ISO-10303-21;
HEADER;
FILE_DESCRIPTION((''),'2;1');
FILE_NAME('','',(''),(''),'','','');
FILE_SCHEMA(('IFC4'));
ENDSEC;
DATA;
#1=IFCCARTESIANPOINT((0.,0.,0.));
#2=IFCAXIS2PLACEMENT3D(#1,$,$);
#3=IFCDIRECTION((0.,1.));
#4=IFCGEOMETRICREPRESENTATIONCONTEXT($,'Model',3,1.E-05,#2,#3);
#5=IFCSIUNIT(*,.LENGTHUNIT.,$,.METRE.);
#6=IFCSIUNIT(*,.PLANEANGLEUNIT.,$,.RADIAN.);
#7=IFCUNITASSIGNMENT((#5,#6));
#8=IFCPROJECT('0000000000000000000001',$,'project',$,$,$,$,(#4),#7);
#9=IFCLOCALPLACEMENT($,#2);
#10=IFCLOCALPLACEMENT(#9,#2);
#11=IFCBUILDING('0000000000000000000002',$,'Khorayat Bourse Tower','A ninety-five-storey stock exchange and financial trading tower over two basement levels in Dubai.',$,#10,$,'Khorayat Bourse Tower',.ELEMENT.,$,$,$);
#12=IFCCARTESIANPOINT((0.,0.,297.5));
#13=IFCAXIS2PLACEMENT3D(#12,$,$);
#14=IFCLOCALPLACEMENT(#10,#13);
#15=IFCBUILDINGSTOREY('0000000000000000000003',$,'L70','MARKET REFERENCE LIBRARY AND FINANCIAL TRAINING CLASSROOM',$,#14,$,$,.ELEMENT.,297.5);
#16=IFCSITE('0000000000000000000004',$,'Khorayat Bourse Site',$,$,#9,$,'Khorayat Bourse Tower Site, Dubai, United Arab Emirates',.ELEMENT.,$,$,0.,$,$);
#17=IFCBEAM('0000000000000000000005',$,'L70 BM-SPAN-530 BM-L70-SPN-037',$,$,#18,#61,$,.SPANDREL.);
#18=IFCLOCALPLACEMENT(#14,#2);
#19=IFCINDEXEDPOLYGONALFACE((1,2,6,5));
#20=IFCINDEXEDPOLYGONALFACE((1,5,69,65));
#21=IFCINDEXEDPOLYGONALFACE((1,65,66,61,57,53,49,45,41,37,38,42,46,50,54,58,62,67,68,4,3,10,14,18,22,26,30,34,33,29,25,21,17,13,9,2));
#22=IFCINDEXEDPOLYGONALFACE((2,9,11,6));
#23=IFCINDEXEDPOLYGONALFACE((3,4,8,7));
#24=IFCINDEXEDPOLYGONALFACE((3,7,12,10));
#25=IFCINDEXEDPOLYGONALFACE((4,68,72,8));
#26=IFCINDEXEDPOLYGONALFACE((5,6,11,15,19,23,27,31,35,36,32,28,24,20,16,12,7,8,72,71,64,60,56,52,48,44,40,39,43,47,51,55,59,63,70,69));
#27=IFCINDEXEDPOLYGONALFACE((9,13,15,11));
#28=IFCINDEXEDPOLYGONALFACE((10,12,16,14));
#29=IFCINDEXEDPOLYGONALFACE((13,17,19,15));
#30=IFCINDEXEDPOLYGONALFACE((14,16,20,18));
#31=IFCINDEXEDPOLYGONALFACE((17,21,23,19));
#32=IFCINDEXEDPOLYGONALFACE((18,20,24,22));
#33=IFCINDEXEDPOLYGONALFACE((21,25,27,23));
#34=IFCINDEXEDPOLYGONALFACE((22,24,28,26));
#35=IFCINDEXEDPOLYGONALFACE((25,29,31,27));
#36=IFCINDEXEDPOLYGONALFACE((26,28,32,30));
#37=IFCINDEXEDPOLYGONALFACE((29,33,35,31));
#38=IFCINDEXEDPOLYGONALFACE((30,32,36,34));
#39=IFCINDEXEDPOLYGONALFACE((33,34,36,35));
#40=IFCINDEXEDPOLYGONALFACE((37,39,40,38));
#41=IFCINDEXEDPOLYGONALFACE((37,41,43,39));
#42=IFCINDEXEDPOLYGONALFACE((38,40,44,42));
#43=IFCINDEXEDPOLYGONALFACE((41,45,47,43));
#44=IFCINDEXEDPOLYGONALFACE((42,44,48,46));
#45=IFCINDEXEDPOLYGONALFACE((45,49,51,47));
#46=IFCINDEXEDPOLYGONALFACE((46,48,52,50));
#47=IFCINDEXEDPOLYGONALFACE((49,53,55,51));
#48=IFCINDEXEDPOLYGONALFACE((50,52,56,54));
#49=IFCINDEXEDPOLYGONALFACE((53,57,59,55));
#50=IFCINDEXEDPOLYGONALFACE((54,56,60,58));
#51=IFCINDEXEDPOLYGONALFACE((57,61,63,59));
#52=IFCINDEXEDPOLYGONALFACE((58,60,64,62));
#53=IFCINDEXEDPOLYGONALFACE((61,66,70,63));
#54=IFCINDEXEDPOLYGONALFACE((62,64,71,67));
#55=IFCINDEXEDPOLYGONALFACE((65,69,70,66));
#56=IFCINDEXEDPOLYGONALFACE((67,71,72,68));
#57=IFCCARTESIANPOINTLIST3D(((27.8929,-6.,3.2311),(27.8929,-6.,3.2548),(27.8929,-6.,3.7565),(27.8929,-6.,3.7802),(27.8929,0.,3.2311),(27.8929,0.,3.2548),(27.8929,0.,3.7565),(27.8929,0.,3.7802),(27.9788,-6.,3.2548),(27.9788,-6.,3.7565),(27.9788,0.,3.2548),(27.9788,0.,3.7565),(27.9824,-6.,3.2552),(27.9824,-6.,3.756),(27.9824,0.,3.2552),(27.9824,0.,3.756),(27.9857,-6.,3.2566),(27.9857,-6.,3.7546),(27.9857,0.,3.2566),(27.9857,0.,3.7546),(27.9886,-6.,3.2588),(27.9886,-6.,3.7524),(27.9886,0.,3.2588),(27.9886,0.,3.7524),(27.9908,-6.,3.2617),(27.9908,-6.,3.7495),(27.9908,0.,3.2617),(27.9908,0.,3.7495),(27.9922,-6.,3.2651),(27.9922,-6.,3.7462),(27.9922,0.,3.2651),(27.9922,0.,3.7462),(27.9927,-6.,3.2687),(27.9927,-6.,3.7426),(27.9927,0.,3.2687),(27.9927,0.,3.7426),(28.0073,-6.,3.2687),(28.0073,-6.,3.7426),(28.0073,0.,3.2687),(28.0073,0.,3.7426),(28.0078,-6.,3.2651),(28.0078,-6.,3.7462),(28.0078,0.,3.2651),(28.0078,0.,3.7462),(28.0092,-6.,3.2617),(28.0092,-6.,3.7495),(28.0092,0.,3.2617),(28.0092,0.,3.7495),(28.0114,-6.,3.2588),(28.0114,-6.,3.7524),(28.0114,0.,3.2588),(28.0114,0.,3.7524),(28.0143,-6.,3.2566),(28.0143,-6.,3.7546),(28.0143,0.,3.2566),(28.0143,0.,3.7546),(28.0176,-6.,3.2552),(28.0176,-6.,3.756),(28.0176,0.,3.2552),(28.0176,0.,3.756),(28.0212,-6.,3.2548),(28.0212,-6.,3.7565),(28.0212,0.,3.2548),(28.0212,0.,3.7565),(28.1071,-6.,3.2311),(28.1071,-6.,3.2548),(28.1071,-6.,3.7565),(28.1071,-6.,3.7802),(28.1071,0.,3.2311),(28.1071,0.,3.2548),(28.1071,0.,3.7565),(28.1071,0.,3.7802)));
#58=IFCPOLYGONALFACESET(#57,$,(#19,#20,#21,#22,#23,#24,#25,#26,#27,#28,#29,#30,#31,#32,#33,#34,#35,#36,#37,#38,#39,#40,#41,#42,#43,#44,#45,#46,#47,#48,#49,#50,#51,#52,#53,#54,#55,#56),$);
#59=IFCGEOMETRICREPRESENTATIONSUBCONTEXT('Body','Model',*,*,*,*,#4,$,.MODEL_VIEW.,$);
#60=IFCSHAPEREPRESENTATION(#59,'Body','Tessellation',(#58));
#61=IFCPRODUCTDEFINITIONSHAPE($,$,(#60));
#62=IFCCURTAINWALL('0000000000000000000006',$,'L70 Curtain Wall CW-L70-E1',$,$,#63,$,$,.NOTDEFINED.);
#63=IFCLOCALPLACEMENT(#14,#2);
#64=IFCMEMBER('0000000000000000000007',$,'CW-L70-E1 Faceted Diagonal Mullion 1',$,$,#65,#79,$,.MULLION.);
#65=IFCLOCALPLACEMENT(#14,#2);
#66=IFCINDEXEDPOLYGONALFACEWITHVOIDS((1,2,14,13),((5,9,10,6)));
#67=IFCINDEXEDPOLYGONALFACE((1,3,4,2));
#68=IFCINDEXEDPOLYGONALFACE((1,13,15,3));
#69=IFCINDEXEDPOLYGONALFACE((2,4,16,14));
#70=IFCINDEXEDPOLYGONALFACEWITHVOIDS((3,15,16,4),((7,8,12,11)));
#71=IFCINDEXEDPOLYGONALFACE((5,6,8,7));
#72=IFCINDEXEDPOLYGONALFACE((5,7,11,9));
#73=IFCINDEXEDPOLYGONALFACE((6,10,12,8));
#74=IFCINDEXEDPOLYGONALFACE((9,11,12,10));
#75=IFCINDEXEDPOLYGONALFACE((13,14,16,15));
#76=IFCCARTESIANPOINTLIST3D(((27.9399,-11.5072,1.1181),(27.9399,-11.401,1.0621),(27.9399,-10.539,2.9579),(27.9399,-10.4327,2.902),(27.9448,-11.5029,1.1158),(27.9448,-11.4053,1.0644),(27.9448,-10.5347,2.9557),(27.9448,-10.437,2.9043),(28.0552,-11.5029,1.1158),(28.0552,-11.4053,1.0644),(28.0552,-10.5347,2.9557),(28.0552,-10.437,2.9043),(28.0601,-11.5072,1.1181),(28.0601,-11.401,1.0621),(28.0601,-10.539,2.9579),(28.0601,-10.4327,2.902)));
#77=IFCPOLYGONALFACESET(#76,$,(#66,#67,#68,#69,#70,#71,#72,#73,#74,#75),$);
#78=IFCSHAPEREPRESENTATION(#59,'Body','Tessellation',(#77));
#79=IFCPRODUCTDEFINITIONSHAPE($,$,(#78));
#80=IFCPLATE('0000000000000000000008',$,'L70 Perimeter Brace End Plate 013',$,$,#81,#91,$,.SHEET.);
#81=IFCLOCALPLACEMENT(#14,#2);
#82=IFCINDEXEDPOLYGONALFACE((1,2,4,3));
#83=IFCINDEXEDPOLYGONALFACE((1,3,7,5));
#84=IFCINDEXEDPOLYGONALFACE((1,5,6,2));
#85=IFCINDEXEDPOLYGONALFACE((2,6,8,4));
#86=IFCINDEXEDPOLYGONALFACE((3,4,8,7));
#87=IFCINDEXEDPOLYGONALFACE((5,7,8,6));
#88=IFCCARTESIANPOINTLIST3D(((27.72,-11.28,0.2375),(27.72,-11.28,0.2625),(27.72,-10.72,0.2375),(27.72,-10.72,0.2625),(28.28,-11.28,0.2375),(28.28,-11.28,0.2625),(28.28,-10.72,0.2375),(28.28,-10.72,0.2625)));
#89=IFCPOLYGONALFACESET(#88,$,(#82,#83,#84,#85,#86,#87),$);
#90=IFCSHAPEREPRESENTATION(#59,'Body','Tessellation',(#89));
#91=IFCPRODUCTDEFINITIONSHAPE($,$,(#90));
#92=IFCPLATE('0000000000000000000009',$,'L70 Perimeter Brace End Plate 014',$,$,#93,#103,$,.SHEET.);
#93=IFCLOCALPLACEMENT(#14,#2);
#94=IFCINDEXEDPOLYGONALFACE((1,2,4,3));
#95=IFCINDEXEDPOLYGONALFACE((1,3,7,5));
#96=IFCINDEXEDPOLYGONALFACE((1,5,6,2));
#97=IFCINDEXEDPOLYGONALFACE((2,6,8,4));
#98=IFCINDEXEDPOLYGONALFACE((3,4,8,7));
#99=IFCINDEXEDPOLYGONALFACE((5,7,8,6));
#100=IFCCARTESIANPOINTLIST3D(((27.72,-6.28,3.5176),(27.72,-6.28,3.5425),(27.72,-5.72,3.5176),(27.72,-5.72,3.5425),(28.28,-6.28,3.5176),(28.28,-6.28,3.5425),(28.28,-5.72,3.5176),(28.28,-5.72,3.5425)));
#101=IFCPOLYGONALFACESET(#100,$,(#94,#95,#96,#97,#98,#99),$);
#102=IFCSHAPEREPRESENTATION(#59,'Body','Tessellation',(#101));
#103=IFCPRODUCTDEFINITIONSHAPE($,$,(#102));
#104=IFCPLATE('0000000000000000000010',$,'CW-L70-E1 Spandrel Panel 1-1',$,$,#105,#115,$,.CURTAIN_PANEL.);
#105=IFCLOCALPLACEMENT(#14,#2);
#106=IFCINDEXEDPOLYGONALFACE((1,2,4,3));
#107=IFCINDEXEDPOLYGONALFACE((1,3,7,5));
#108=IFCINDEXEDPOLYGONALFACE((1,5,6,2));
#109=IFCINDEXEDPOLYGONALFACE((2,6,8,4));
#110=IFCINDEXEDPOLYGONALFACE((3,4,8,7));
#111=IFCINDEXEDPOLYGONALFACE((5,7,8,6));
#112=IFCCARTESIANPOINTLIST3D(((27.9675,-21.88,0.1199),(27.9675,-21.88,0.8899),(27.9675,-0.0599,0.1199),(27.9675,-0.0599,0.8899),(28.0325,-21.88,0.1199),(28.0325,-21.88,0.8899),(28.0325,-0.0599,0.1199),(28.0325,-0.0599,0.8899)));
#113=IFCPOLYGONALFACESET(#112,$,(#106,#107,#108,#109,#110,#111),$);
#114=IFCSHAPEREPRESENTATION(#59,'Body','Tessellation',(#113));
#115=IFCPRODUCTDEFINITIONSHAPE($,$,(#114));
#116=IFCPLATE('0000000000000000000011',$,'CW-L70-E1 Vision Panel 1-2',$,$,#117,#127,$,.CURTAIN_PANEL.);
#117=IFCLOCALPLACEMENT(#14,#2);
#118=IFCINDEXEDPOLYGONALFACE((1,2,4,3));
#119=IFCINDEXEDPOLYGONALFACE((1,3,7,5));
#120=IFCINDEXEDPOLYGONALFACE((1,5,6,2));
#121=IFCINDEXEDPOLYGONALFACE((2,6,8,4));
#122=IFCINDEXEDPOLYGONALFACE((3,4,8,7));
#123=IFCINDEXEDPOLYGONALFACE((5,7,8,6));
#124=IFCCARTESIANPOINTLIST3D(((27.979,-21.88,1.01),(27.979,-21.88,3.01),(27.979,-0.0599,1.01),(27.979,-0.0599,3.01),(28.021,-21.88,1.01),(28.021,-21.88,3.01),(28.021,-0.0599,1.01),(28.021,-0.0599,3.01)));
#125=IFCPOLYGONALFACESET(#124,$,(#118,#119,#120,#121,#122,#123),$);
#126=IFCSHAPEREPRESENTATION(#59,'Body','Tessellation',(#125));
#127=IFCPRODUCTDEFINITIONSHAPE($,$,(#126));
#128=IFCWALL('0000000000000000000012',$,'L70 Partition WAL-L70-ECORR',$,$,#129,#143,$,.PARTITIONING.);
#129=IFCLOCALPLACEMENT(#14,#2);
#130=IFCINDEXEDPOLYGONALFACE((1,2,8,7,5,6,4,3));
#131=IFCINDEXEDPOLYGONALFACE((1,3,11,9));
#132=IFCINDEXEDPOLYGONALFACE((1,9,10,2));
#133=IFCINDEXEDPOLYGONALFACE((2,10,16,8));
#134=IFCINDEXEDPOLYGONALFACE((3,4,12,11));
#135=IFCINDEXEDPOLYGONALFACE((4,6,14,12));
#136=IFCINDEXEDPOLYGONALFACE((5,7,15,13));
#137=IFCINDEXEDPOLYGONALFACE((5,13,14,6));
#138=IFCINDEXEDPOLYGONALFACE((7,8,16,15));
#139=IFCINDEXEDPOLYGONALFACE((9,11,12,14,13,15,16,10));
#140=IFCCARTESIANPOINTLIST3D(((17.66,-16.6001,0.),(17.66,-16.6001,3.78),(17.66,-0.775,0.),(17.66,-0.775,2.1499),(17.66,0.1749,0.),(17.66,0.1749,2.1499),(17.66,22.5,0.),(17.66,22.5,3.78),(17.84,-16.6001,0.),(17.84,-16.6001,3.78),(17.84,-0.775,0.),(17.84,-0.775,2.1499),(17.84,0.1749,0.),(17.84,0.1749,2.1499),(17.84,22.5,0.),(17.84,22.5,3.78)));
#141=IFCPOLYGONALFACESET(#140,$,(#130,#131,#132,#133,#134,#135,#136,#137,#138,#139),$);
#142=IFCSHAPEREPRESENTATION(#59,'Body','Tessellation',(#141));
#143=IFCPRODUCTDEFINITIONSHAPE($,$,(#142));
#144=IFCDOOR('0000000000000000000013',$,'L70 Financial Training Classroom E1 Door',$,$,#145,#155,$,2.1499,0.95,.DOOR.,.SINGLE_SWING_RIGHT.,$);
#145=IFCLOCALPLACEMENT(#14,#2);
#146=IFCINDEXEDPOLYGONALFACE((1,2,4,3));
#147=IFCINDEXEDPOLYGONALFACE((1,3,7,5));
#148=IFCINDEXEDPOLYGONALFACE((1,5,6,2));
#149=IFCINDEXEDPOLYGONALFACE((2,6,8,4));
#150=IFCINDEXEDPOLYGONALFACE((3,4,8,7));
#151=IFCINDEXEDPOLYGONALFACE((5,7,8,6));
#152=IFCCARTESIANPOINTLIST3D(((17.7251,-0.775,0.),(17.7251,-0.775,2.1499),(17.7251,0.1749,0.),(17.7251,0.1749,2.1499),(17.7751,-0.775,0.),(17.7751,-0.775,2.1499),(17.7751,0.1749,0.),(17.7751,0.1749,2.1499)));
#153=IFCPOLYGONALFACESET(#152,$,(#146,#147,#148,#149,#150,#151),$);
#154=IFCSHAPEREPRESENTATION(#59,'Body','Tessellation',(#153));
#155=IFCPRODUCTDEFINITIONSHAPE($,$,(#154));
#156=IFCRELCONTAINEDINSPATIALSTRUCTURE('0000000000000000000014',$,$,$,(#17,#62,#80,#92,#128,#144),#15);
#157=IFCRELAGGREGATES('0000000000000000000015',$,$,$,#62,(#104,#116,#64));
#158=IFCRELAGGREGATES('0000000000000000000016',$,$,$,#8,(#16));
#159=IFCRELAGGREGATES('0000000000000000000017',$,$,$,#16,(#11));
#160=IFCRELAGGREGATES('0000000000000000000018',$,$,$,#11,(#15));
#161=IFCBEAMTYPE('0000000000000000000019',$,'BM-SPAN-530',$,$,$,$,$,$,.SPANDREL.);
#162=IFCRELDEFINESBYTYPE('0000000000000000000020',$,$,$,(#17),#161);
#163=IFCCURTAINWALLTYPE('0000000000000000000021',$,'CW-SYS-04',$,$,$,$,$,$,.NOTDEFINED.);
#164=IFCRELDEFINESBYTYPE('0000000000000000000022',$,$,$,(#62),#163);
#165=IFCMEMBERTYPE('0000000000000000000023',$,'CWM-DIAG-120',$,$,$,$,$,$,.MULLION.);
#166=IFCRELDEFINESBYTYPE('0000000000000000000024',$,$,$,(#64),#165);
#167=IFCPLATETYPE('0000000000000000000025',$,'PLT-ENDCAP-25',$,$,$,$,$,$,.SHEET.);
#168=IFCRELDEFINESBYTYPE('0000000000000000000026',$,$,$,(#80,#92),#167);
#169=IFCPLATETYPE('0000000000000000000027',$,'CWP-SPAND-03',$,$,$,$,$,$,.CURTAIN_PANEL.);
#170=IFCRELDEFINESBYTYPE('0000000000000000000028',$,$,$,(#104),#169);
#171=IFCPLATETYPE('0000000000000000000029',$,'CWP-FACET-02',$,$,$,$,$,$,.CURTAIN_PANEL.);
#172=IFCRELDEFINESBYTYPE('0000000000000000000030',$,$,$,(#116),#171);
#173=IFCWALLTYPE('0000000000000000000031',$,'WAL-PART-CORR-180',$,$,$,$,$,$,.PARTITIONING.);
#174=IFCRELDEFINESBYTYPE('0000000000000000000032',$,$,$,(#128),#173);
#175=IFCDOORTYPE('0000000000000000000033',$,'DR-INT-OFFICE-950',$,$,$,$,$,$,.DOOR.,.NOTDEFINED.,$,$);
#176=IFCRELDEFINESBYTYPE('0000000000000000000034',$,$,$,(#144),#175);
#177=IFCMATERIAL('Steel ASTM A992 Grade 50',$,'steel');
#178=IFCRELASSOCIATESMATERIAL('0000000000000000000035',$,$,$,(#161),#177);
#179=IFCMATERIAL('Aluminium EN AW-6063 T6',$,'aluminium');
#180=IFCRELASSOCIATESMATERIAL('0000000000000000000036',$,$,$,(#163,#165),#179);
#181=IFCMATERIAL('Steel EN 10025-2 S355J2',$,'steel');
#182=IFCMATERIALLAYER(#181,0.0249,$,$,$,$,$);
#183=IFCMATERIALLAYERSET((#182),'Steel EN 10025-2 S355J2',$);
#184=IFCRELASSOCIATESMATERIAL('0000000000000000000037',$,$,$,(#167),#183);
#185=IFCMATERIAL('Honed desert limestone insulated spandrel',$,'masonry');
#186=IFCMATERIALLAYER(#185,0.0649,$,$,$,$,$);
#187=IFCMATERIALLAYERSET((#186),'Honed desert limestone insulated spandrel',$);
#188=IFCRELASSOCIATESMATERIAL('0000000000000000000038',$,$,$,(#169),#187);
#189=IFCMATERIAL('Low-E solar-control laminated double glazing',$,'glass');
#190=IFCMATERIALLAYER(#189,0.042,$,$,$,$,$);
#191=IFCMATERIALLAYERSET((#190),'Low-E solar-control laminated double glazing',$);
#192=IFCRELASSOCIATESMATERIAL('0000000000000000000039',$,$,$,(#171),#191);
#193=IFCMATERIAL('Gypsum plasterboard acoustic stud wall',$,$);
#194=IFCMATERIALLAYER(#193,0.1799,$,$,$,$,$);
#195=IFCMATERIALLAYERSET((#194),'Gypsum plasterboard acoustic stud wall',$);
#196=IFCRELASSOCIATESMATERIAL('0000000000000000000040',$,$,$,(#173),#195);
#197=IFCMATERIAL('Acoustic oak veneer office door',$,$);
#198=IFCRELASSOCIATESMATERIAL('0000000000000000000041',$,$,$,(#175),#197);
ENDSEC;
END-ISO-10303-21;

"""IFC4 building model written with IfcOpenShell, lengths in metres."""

from ifc_helpers import new_model, si_unit, direction, frame, frame_2d, origin, origin_2d, place, context, subcontext, project, spatial, rectangle, hollow_rectangle, i_section, extrude, source, transform, mapped, material, layer, layer_set, material_profile, profile_set, type_object, element, fill, aggregate, save


model = new_model("IFC4")

# Units and contexts
model_context = context("Model", 3, precision=1e-05, world=origin(), true_north=direction((0.0, 1.0)))
body_context = subcontext(model_context, "Body", "Model", "MODEL_VIEW")
ifc_project = project(units=[si_unit("LENGTHUNIT", "METRE"), si_unit("PLANEANGLEUNIT", "RADIAN")], contexts=[model_context])

# Site, building, storey
site_placement = place(None, origin())
site = spatial("IfcSite", under=ifc_project, at=site_placement, Name="Khorayat Bourse Site", LongName="Khorayat Bourse Tower Site, Dubai, United Arab Emirates", CompositionType="ELEMENT", RefElevation=0.0)
building_placement = place(site_placement, origin())
building = spatial("IfcBuilding", under=site, at=building_placement, Name="Khorayat Bourse Tower", Description="A ninety-five-storey stock exchange and financial trading tower over two basement levels in Dubai.", LongName="Khorayat Bourse Tower", CompositionType="ELEMENT")
storey_placement = place(building_placement, frame((0.0, 0.0, 297.5)))
storey = spatial("IfcBuildingStorey", under=building, at=storey_placement, Name="L70", Description="MARKET REFERENCE LIBRARY AND FINANCIAL TRAINING CLASSROOM", CompositionType="ELEMENT", Elevation=297.5)

# Beam
ifc_material_1 = material(Name="Steel ASTM A992 Grade 50", Category="steel")
ifc_material_profile_1 = material_profile(ifc_material_1, i_section(OverallWidth=0.2141, OverallDepth=0.5491, WebThickness=0.0146, FlangeThickness=0.0237, FilletRadius=0.0139, at=origin_2d()), Name="W530X138")
ifc_profile_set_1 = profile_set([ifc_material_profile_1], Name="Steel ASTM A992 Grade 50")
beam_type_1 = type_object("IfcBeamType", Name="BM-SPAN-530", PredefinedType="SPANDREL", material=ifc_profile_set_1)
shared_shape_1 = source(origin(), body_context, "Body", "SweptSolid", [
    extrude(i_section(OverallWidth=0.2141, OverallDepth=0.5491, WebThickness=0.0146, FlangeThickness=0.0237, FilletRadius=0.0139, at=origin_2d()), origin(), (0.0, 0.0, 1.0), 6.0),
])
beam_1_placement = place(storey_placement, frame((28.0, -6.0, 3.5056), z_axis=(0.0, 1.0, 0.0), x_axis=(-1.0, 0.0, 0.0)))
element("IfcBeam", 1, at=beam_1_placement, inside=storey, type_object=beam_type_1, Name="L70 BM-SPAN-530 BM-L70-SPN-037", PredefinedType="SPANDREL", context=body_context, shape_type="MappedRepresentation", body=[
    mapped(shared_shape_1, transform((0.0, 0.0, 0.0), scale=1.0)),
])

# Curtain wall, member
ifc_material_2 = material(Name="Aluminium EN AW-6063 T6", Category="aluminium")
curtain_wall_type = type_object("IfcCurtainWallType", Name="CW-SYS-04", PredefinedType="NOTDEFINED", material=ifc_material_2)
curtain_wall_placement = place(storey_placement, origin())
curtain_wall = element("IfcCurtainWall", 2, at=curtain_wall_placement, inside=storey, type_object=curtain_wall_type, Name="L70 Curtain Wall CW-L70-E1", PredefinedType="NOTDEFINED")
ifc_material_profile_2 = material_profile(ifc_material_2, hollow_rectangle(XDim=0.1201, YDim=0.1201, WallThickness=0.0049, at=origin_2d()), Name="ALU 120x120x5")
ifc_profile_set_2 = profile_set([ifc_material_profile_2], Name="Aluminium EN AW-6063 T6")
member_type_1 = type_object("IfcMemberType", Name="CWM-DIAG-120", PredefinedType="MULLION", material=ifc_profile_set_2)
shared_shape_2 = source(origin(), body_context, "Body", "SweptSolid", [
    extrude(hollow_rectangle(XDim=0.1201, YDim=0.1201, WallThickness=0.0049, at=origin_2d()), origin(), (0.0, 0.0, 1.0), 2.0791),
])
member_1_placement = place(storey_placement, frame((28.0, -11.4541, 1.0901), z_axis=(0.0, 0.465717, 0.884934), x_axis=(-1.0, 0.0, 0.0)))
member_1 = element("IfcMember", 3, at=member_1_placement, type_object=member_type_1, Name="CW-L70-E1 Faceted Diagonal Mullion 1", PredefinedType="MULLION", context=body_context, shape_type="MappedRepresentation", body=[
    mapped(shared_shape_2, transform((0.0, 0.0, 0.0), scale=1.0)),
])

# Plates
ifc_material_3 = material(Name="Steel EN 10025-2 S355J2", Category="steel")
ifc_layer_1 = layer(ifc_material_3, 0.0249)
ifc_layer_set_1 = layer_set([ifc_layer_1], Name="Steel EN 10025-2 S355J2")
plate_type_1 = type_object("IfcPlateType", Name="PLT-ENDCAP-25", PredefinedType="SHEET", material=ifc_layer_set_1)
shared_shape_3 = source(origin(), body_context, "Body", "SweptSolid", [
    extrude(rectangle(XDim=0.5601, YDim=0.5601, at=origin_2d()), origin(), (0.0, 0.0, 1.0), 0.0249),
])
for number, where, z_axis, x_axis, name in (
    (4, (28.0, -11.0, 0.2375), (0.0, 0.0, 1.0), (1.0, 0.0, 0.0), "L70 Perimeter Brace End Plate 013"),
    (5, (28.0, -6.0, 3.5176), (0.0, 0.0, 1.0), (1.0, 0.0, 0.0), "L70 Perimeter Brace End Plate 014"),
):
    element("IfcPlate", number, at=place(storey_placement, frame(where, z_axis=z_axis, x_axis=x_axis)), inside=storey, type_object=plate_type_1, Name=name, PredefinedType="SHEET", context=body_context, shape_type="MappedRepresentation", body=[
        mapped(shared_shape_3, transform((0.0, 0.0, 0.0), scale=1.0)),
    ])

# Plates
ifc_material_4 = material(Name="Honed desert limestone insulated spandrel", Category="masonry")
ifc_layer_2 = layer(ifc_material_4, 0.0649)
ifc_layer_set_2 = layer_set([ifc_layer_2], Name="Honed desert limestone insulated spandrel")
plate_type_2 = type_object("IfcPlateType", Name="CWP-SPAND-03", PredefinedType="CURTAIN_PANEL", material=ifc_layer_set_2)
shared_shape_4 = source(origin(), body_context, "Body", "SweptSolid", [
    extrude(rectangle(XDim=21.8201, YDim=0.0649, at=origin_2d()), origin(), (0.0, 0.0, 1.0), 0.77),
])
plate_1_placement = place(storey_placement, frame((28.0, -10.97, 0.1199), z_axis=(0.0, 0.0, 1.0), x_axis=(0.0, 1.0, 0.0)))
plate_1 = element("IfcPlate", 6, at=plate_1_placement, type_object=plate_type_2, Name="CW-L70-E1 Spandrel Panel 1-1", PredefinedType="CURTAIN_PANEL", context=body_context, shape_type="MappedRepresentation", body=[
    mapped(shared_shape_4, transform((0.0, 0.0, 0.0), scale=1.0)),
])
ifc_material_5 = material(Name="Low-E solar-control laminated double glazing", Category="glass")
ifc_layer_3 = layer(ifc_material_5, 0.042)
ifc_layer_set_3 = layer_set([ifc_layer_3], Name="Low-E solar-control laminated double glazing")
plate_type_3 = type_object("IfcPlateType", Name="CWP-FACET-02", PredefinedType="CURTAIN_PANEL", material=ifc_layer_set_3)
shared_shape_5 = source(origin(), body_context, "Body", "SweptSolid", [
    extrude(rectangle(XDim=21.8201, YDim=0.042, at=origin_2d()), origin(), (0.0, 0.0, 1.0), 2.0),
])
plate_2_placement = place(storey_placement, frame((28.0, -10.97, 1.01), z_axis=(0.0, 0.0, 1.0), x_axis=(0.0, 1.0, 0.0)))
plate_2 = element("IfcPlate", 7, at=plate_2_placement, type_object=plate_type_3, Name="CW-L70-E1 Vision Panel 1-2", PredefinedType="CURTAIN_PANEL", context=body_context, shape_type="MappedRepresentation", body=[
    mapped(shared_shape_5, transform((0.0, 0.0, 0.0), scale=1.0)),
])
aggregate(curtain_wall, [plate_1, plate_2, member_1])

# Wall, opening, door
ifc_material_6 = material(Name="Gypsum plasterboard acoustic stud wall")
ifc_layer_4 = layer(ifc_material_6, 0.1799)
ifc_layer_set_4 = layer_set([ifc_layer_4], Name="Gypsum plasterboard acoustic stud wall")
wall_type = type_object("IfcWallType", Name="WAL-PART-CORR-180", PredefinedType="PARTITIONING", material=ifc_layer_set_4)
shared_shape_6 = source(origin(), body_context, "Body", "SweptSolid", [
    extrude(rectangle(XDim=39.1001, YDim=0.1799, at=frame_2d((19.55, 0.0))), origin(), (0.0, 0.0, 1.0), 3.78),
])
wall_placement = place(storey_placement, frame((17.75, -16.6001, 0.0), z_axis=(0.0, 0.0, 1.0), x_axis=(0.0, 1.0, 0.0)))
wall = element("IfcWall", 8, at=wall_placement, inside=storey, type_object=wall_type, Name="L70 Partition WAL-L70-ECORR", PredefinedType="PARTITIONING", context=body_context, shape_type="MappedRepresentation", body=[
    mapped(shared_shape_6, transform((0.0, 0.0, 0.0), scale=1.0)),
])
shared_shape_7 = source(origin(), body_context, "Body", "SweptSolid", [
    extrude(rectangle(XDim=0.95, YDim=2.1499, at=frame_2d((0.4751, 1.075))), frame((0.0, 0.0999, 0.0), z_axis=(0.0, -1.0, 0.0), x_axis=(1.0, 0.0, 0.0)), (0.0, 0.0, 1.0), 0.2),
])
opening_placement = place(wall_placement, frame((15.825, 0.0, 0.0)))
opening = element("IfcOpeningElement", 9, at=opening_placement, cuts=wall, PredefinedType="OPENING", context=body_context, shape_type="MappedRepresentation", body=[
    mapped(shared_shape_7, transform((0.0, 0.0, 0.0), scale=1.0)),
])
ifc_material_7 = material(Name="Acoustic oak veneer office door")
door_type = type_object("IfcDoorType", Name="DR-INT-OFFICE-950", OperationType="NOTDEFINED", PredefinedType="DOOR", material=ifc_material_7)
shared_shape_8 = source(origin(), body_context, "Body", "SweptSolid", [
    extrude(rectangle(XDim=0.95, YDim=2.1499, at=frame_2d((0.4751, 1.075))), frame((0.0, 0.0249, 0.0), z_axis=(0.0, -1.0, 0.0), x_axis=(1.0, 0.0, 0.0)), (0.0, 0.0, 1.0), 0.05),
])
door_placement = place(opening_placement, origin())
door = element("IfcDoor", 10, at=door_placement, inside=storey, type_object=door_type, Name="L70 Financial Training Classroom E1 Door", OperationType="SINGLE_SWING_RIGHT", OverallHeight=2.1499, OverallWidth=0.95, PredefinedType="DOOR", context=body_context, shape_type="MappedRepresentation", body=[
    mapped(shared_shape_8, transform((0.0, 0.0, 0.0), scale=1.0)),
])
fill(opening, door)

save(model, "model.ifc")
